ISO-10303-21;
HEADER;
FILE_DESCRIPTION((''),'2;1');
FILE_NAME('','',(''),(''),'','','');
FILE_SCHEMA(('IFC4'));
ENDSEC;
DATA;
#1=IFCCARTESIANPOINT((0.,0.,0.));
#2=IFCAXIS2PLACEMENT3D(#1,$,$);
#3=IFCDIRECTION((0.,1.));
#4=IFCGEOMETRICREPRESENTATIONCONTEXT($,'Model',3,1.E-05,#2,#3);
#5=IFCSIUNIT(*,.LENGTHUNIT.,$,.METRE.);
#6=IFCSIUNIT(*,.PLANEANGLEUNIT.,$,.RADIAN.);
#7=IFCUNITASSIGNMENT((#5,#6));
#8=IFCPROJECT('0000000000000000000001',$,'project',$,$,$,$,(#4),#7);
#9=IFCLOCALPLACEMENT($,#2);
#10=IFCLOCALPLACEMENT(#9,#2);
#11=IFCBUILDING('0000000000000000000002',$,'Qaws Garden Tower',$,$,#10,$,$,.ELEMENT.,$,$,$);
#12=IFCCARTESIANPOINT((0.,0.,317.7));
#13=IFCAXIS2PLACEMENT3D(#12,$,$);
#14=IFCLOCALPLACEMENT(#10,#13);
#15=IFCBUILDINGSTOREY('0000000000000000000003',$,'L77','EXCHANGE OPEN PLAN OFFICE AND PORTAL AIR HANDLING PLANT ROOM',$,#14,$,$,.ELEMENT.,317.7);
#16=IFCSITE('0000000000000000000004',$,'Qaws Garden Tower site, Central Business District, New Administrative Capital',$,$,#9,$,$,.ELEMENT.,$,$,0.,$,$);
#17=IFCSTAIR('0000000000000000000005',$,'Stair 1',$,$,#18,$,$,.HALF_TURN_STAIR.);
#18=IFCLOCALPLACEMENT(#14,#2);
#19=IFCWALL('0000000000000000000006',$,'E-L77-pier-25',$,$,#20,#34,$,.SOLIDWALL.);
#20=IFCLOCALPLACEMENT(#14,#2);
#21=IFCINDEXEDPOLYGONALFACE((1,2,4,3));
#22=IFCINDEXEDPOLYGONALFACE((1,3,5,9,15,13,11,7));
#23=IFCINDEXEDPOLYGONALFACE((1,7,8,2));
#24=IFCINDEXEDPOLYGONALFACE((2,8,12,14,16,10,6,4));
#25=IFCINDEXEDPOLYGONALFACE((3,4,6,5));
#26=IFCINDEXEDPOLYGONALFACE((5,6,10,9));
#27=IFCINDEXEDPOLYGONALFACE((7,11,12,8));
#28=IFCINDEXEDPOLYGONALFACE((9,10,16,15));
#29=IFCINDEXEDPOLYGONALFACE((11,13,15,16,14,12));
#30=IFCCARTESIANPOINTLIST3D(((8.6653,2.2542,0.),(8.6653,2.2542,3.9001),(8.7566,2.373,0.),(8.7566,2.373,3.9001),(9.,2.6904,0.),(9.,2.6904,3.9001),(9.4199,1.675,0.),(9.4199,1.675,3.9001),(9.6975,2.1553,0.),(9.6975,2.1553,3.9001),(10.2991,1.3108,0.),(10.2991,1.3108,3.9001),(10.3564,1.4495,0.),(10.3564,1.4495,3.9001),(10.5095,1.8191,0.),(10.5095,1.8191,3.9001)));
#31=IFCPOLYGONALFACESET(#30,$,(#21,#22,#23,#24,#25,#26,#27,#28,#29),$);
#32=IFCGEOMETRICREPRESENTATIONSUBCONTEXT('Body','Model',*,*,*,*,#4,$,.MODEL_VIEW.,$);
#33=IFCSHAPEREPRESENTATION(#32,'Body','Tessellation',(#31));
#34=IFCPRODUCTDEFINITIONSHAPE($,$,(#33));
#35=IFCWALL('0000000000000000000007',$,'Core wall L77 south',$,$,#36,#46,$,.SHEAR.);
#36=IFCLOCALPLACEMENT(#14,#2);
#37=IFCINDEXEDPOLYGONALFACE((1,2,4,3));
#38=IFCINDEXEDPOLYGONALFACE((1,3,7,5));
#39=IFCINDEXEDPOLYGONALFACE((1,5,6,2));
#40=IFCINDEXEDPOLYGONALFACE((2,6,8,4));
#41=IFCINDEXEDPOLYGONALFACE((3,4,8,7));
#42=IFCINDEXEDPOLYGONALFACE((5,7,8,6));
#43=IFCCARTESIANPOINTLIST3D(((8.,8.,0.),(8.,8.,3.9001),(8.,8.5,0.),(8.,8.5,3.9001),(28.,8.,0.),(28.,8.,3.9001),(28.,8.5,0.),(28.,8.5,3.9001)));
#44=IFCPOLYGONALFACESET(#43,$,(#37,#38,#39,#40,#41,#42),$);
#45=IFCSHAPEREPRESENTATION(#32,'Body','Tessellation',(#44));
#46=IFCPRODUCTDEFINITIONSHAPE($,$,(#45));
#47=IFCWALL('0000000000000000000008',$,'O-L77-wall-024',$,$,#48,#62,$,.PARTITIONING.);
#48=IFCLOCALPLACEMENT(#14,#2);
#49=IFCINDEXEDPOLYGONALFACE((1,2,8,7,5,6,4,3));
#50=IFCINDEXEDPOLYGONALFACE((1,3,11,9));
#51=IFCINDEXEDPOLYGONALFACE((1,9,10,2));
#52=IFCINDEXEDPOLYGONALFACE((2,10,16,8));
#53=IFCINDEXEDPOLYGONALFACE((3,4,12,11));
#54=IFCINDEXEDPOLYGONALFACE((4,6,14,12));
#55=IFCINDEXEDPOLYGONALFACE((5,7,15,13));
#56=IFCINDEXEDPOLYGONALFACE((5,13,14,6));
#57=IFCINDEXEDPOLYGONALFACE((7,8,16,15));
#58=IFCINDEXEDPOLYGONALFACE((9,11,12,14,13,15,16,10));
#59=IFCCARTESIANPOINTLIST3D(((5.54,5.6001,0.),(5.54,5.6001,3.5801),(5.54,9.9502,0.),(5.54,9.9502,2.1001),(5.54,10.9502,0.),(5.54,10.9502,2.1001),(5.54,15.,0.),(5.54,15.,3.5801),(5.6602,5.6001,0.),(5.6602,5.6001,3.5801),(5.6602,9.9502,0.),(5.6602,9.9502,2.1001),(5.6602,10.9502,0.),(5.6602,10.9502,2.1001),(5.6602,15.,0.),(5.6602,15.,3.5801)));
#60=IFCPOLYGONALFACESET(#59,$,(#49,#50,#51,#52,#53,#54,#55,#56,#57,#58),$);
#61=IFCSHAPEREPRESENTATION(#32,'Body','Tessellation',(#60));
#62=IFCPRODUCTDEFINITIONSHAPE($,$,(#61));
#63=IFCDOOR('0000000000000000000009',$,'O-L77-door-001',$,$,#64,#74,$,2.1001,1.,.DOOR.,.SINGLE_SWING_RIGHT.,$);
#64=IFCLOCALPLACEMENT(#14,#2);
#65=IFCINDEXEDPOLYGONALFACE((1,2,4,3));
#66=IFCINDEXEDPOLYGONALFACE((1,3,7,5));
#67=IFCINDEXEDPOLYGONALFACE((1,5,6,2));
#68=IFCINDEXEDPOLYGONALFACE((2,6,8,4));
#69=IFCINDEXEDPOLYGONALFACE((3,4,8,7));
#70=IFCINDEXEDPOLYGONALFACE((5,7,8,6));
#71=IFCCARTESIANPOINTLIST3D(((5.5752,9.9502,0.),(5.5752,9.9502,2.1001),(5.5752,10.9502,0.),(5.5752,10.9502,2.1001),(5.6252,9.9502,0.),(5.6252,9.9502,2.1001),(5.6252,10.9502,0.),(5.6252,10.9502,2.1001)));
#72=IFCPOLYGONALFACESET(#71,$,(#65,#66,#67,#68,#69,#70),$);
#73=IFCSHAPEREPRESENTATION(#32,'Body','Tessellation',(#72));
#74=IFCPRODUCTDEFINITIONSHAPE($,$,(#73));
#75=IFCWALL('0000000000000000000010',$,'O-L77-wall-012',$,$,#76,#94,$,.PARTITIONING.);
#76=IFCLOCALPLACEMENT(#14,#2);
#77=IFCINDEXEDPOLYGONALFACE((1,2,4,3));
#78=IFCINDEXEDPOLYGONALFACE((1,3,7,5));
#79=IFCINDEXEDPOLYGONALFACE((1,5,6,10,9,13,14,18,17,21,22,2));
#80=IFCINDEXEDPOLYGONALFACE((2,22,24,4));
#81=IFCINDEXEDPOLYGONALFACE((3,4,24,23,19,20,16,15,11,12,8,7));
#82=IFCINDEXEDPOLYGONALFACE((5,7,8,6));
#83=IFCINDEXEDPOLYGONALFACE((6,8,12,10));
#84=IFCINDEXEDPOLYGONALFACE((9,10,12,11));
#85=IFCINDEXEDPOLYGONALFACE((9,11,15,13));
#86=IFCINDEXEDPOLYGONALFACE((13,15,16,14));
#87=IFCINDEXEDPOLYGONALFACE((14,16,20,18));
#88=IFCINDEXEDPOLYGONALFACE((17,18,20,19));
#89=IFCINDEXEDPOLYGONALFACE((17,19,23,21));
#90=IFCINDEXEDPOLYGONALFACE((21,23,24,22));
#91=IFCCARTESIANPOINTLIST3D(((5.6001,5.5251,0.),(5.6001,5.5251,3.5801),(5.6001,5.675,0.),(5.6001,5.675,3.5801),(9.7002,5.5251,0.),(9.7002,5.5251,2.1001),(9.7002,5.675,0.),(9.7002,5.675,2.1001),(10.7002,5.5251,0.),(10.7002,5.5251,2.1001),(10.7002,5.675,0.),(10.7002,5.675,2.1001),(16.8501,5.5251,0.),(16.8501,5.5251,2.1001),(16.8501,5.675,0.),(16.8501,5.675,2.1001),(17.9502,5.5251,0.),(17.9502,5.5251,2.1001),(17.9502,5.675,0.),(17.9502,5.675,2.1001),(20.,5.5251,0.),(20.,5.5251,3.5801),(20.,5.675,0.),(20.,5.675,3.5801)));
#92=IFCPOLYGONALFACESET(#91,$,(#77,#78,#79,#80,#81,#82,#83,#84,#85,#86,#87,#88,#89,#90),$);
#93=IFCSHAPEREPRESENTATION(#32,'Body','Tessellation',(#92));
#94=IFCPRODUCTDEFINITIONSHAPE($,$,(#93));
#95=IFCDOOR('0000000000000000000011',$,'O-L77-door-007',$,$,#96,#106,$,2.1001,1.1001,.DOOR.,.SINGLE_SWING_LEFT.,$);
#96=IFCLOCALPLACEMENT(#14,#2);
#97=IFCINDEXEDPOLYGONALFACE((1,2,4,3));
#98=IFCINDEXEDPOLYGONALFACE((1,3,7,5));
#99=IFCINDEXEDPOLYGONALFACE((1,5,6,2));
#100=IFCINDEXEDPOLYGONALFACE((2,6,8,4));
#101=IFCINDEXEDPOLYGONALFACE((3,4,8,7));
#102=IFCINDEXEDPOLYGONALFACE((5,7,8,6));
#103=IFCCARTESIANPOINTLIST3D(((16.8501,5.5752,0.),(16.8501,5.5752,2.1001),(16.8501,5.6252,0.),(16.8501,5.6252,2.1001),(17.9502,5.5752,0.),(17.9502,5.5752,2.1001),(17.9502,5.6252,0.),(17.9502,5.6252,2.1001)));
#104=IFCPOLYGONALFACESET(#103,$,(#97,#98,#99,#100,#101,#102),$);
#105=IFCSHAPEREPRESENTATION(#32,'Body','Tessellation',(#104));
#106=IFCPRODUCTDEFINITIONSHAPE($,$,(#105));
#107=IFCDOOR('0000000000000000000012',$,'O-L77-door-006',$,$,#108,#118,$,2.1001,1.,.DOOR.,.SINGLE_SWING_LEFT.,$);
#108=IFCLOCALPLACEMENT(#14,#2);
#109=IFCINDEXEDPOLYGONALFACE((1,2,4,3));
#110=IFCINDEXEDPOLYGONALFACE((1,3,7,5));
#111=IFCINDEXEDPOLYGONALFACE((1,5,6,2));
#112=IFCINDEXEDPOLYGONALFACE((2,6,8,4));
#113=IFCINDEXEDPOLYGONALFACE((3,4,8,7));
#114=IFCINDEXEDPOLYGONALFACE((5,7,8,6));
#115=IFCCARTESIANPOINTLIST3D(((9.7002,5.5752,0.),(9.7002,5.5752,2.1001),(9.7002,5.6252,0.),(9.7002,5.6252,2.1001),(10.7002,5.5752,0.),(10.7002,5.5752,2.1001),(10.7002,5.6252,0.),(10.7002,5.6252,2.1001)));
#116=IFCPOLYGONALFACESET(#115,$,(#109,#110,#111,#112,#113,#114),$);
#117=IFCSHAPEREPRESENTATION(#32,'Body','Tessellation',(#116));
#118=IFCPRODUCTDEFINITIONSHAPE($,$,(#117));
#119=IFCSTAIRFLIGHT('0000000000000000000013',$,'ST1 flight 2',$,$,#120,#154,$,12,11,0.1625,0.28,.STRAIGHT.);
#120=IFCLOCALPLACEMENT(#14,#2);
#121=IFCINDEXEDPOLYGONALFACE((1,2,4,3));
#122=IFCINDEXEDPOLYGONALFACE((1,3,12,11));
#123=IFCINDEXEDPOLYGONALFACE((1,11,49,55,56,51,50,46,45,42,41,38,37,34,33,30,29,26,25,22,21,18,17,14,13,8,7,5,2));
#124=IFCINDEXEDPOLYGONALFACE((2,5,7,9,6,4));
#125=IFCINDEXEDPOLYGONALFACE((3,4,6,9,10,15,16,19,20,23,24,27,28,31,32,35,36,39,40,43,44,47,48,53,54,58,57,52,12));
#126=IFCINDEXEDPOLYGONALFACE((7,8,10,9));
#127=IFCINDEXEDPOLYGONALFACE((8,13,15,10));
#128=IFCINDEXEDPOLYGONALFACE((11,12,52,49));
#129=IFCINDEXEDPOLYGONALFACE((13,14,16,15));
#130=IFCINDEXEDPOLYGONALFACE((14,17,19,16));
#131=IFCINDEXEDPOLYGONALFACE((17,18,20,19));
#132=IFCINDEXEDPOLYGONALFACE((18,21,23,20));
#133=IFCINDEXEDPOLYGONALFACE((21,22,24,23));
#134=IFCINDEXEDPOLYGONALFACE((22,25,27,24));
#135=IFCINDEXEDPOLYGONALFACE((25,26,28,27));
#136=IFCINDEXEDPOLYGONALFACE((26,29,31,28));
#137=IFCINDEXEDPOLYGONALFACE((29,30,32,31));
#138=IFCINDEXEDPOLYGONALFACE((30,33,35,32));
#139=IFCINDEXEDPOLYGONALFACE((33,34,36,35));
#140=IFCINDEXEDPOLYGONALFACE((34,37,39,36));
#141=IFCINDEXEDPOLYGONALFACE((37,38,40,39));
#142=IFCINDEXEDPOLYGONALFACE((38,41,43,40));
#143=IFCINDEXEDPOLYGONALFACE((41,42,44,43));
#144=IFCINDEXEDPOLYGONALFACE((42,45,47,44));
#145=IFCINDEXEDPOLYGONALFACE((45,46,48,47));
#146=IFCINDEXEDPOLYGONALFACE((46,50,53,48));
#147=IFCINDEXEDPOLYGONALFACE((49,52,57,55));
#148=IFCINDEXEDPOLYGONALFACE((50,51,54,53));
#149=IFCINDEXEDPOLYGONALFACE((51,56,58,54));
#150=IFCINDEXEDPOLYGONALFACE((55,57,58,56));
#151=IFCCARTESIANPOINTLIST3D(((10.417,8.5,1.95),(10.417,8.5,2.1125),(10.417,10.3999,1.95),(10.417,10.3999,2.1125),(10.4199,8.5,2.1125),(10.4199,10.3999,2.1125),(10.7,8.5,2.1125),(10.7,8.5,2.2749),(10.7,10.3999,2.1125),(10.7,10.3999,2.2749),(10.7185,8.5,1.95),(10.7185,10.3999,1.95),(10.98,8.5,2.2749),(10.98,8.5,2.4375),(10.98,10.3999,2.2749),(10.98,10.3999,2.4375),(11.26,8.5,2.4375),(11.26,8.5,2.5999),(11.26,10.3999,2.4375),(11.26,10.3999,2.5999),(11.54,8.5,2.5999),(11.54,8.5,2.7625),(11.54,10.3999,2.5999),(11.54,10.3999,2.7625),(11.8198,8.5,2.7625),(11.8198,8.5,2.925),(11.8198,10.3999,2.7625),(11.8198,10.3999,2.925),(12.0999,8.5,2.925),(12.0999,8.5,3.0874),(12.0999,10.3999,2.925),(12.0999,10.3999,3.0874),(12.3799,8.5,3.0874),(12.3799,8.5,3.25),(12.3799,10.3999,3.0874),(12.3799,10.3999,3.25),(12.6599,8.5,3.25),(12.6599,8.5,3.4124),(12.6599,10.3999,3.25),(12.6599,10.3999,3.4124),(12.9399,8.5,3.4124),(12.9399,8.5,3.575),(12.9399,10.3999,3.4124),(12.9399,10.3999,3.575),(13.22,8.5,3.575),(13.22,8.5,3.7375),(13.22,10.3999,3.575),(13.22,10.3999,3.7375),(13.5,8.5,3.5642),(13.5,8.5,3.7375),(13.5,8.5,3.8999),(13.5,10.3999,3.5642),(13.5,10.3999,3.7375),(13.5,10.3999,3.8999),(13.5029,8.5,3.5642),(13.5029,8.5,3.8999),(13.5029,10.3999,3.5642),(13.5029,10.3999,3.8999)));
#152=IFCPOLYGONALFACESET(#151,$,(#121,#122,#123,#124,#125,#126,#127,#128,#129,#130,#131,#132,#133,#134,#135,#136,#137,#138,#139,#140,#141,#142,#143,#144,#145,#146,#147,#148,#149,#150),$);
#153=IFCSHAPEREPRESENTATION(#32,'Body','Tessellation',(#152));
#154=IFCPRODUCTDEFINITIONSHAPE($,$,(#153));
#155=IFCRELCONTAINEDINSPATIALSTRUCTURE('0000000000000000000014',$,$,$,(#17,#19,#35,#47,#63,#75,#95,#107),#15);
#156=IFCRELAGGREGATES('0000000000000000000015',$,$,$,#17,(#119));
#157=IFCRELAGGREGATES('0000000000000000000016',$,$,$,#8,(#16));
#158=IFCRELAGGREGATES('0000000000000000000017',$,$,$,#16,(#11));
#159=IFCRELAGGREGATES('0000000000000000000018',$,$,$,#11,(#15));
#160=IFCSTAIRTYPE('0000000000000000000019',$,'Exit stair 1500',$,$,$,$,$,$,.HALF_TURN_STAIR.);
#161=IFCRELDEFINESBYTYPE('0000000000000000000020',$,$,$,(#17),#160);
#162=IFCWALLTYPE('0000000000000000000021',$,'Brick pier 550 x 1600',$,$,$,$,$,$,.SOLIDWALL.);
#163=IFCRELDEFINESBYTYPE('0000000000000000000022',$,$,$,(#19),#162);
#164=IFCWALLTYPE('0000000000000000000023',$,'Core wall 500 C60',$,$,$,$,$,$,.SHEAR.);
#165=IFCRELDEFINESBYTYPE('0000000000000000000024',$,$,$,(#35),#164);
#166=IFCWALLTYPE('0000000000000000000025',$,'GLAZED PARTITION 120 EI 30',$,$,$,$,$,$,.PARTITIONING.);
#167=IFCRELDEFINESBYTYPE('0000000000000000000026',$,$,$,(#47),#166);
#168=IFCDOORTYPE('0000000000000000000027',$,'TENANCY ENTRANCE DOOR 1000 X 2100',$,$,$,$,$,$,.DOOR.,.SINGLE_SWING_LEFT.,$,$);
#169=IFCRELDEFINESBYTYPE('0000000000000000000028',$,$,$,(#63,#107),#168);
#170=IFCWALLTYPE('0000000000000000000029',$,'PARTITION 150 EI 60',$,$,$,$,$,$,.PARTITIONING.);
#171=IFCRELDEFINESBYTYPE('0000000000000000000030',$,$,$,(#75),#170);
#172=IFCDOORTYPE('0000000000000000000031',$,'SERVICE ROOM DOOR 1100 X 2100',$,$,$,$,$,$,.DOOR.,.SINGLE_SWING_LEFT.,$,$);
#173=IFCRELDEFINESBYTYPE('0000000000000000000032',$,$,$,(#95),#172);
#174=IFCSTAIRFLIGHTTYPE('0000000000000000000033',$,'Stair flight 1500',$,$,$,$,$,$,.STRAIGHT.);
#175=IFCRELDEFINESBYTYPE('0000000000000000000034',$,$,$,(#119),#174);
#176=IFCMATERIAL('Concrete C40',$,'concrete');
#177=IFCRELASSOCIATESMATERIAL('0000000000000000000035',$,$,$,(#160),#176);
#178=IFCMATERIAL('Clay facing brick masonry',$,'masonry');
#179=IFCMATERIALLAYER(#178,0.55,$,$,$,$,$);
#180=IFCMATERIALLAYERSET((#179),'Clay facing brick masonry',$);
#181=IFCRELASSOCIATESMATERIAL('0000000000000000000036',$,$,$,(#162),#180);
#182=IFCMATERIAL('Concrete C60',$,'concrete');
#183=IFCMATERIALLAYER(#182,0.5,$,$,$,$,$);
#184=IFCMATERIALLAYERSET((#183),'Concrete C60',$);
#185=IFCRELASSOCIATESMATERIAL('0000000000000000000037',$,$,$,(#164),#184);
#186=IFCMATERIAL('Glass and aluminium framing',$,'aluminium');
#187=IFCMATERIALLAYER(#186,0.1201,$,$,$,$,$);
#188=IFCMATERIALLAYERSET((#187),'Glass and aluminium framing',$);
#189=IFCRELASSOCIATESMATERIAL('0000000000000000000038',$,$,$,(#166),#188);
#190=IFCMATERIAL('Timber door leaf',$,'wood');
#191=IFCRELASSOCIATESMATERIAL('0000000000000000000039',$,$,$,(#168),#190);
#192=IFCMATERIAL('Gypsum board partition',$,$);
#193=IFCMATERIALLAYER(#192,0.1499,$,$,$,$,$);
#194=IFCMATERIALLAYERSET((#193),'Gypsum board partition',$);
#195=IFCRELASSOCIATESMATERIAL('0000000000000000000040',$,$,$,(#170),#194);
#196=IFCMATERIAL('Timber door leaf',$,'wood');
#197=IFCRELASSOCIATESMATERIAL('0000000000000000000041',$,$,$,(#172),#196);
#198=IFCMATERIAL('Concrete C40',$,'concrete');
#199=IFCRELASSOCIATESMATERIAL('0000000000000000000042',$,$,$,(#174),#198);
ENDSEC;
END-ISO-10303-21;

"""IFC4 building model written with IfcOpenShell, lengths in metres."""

from ifc_helpers import new_model, si_unit, direction, frame, frame_2d, origin, place, context, subcontext, project, spatial, polyline, rectangle, outline, extrude, material, layer, layer_set, type_object, element, fill, aggregate, save


model = new_model("IFC4")

# Units and contexts
model_context = context("Model", 3, precision=1e-05, world=origin(), true_north=direction((0.0, 1.0)))
body_context = subcontext(model_context, "Body", "Model", "MODEL_VIEW")
ifc_project = project(units=[si_unit("LENGTHUNIT", "METRE"), si_unit("PLANEANGLEUNIT", "RADIAN")], contexts=[model_context])

# Site, building, storey
site_placement = place(None, origin())
site = spatial("IfcSite", under=ifc_project, at=site_placement, Name="Qaws Garden Tower site, Central Business District, New Administrative Capital", CompositionType="ELEMENT", RefElevation=0.0)
building_placement = place(site_placement, origin())
building = spatial("IfcBuilding", under=site, at=building_placement, Name="Qaws Garden Tower", CompositionType="ELEMENT")
storey_placement = place(building_placement, frame((0.0, 0.0, 317.7)))
storey = spatial("IfcBuildingStorey", under=building, at=storey_placement, Name="L77", Description="EXCHANGE OPEN PLAN OFFICE AND PORTAL AIR HANDLING PLANT ROOM", CompositionType="ELEMENT", Elevation=317.7)

# Stair
ifc_material_1 = material(Name="Concrete C40", Category="concrete")
stair_type_1 = type_object("IfcStairType", Name="Exit stair 1500", PredefinedType="HALF_TURN_STAIR", material=ifc_material_1)
placement_1 = place(storey_placement, origin())
stair_1 = element("IfcStair", 1, at=placement_1, inside=storey, type_object=stair_type_1, Name="Stair 1", PredefinedType="HALF_TURN_STAIR")

# Walls
ifc_material_2 = material(Name="Clay facing brick masonry", Category="masonry")
ifc_layer_1 = layer(ifc_material_2, 0.55)
ifc_layer_set_1 = layer_set([ifc_layer_1], Name="Clay facing brick masonry")
wall_type_1 = type_object("IfcWallType", Name="Brick pier 550 x 1600", PredefinedType="SOLIDWALL", material=ifc_layer_set_1)
element("IfcWall", 2, at=placement_1, inside=storey, type_object=wall_type_1, Name="E-L77-pier-25", PredefinedType="SOLIDWALL", context=body_context, shape_type="SweptSolid", body=[
    extrude(outline(polyline([(8.7566, 2.373), (8.6653, 2.2542), (9.4199, 1.675), (10.2991, 1.3108), (10.3564, 1.4495), (10.5095, 1.8191), (9.6975, 2.1553), (9.0, 2.6904), (8.7566, 2.373)])), origin(), (0.0, 0.0, 1.0), 3.9001),
])
ifc_material_3 = material(Name="Concrete C60", Category="concrete")
ifc_layer_2 = layer(ifc_material_3, 0.5)
ifc_layer_set_2 = layer_set([ifc_layer_2], Name="Concrete C60")
wall_type_2 = type_object("IfcWallType", Name="Core wall 500 C60", PredefinedType="SHEAR", material=ifc_layer_set_2)
wall_1_placement = place(storey_placement, frame((8.0, 8.25, 0.0), z_axis=(0.0, 0.0, 1.0), x_axis=(1.0, 0.0, 0.0)))
element("IfcWall", 3, at=wall_1_placement, inside=storey, type_object=wall_type_2, Name="Core wall L77 south", PredefinedType="SHEAR", context=body_context, shape_type="SweptSolid", body=[
    extrude(rectangle(XDim=20.0, YDim=0.5, at=frame_2d((10.0, 0.0))), origin(), (0.0, 0.0, 1.0), 3.9001),
])

# Wall, opening, door
ifc_material_4 = material(Name="Glass and aluminium framing", Category="aluminium")
ifc_layer_3 = layer(ifc_material_4, 0.1201)
ifc_layer_set_3 = layer_set([ifc_layer_3], Name="Glass and aluminium framing")
wall_type_3 = type_object("IfcWallType", Name="GLAZED PARTITION 120 EI 30", PredefinedType="PARTITIONING", material=ifc_layer_set_3)
wall_2_placement = place(storey_placement, frame((5.6001, 5.6001, 0.0), z_axis=(0.0, 0.0, 1.0), x_axis=(0.0, 1.0, 0.0)))
wall_2 = element("IfcWall", 4, at=wall_2_placement, inside=storey, type_object=wall_type_3, Name="O-L77-wall-024", PredefinedType="PARTITIONING", context=body_context, shape_type="SweptSolid", body=[
    extrude(rectangle(XDim=9.3999, YDim=0.1201, at=frame_2d((4.7, 0.0))), origin(), (0.0, 0.0, 1.0), 3.5801),
])
opening_1_placement = place(wall_2_placement, frame((4.3501, 0.0, 0.0)))
opening_1 = element("IfcOpeningElement", 5, at=opening_1_placement, cuts=wall_2, PredefinedType="OPENING", context=body_context, shape_type="SweptSolid", body=[
    extrude(rectangle(XDim=1.0, YDim=2.1001, at=frame_2d((0.5, 1.05))), frame((0.0, 0.0701, 0.0), z_axis=(0.0, -1.0, 0.0), x_axis=(1.0, 0.0, 0.0)), (0.0, 0.0, 1.0), 0.1401),
])
ifc_material_5 = material(Name="Timber door leaf", Category="wood")
door_type_1 = type_object("IfcDoorType", Name="TENANCY ENTRANCE DOOR 1000 X 2100", OperationType="SINGLE_SWING_LEFT", PredefinedType="DOOR", material=ifc_material_5)
door_1_placement = place(opening_1_placement, origin())
door_1 = element("IfcDoor", 6, at=door_1_placement, inside=storey, type_object=door_type_1, Name="O-L77-door-001", OperationType="SINGLE_SWING_RIGHT", OverallHeight=2.1001, OverallWidth=1.0, PredefinedType="DOOR", context=body_context, shape_type="SweptSolid", body=[
    extrude(rectangle(XDim=1.0, YDim=2.1001, at=frame_2d((0.5, 1.05))), frame((0.0, 0.0249, 0.0), z_axis=(0.0, -1.0, 0.0), x_axis=(1.0, 0.0, 0.0)), (0.0, 0.0, 1.0), 0.05),
])
fill(opening_1, door_1)

# Wall, openings, doors
ifc_material_6 = material(Name="Gypsum board partition")
ifc_layer_4 = layer(ifc_material_6, 0.1499)
ifc_layer_set_4 = layer_set([ifc_layer_4], Name="Gypsum board partition")
wall_type_4 = type_object("IfcWallType", Name="PARTITION 150 EI 60", PredefinedType="PARTITIONING", material=ifc_layer_set_4)
wall_3_placement = place(storey_placement, frame((5.6001, 5.6001, 0.0), z_axis=(0.0, 0.0, 1.0), x_axis=(1.0, 0.0, 0.0)))
wall_3 = element("IfcWall", 7, at=wall_3_placement, inside=storey, type_object=wall_type_4, Name="O-L77-wall-012", PredefinedType="PARTITIONING", context=body_context, shape_type="SweptSolid", body=[
    extrude(rectangle(XDim=14.3999, YDim=0.1499, at=frame_2d((7.2, 0.0))), origin(), (0.0, 0.0, 1.0), 3.5801),
])
opening_2_placement = place(wall_3_placement, frame((4.1001, 0.0, 0.0)))
opening_2 = element("IfcOpeningElement", 8, at=opening_2_placement, cuts=wall_3, PredefinedType="OPENING", context=body_context, shape_type="SweptSolid", body=[
    extrude(rectangle(XDim=1.0, YDim=2.1001, at=frame_2d((0.5, 1.05))), frame((0.0, 0.085, 0.0), z_axis=(0.0, -1.0, 0.0), x_axis=(1.0, 0.0, 0.0)), (0.0, 0.0, 1.0), 0.1699),
])
opening_3_placement = place(wall_3_placement, frame((11.25, 0.0, 0.0)))
opening_3 = element("IfcOpeningElement", 9, at=opening_3_placement, cuts=wall_3, PredefinedType="OPENING", context=body_context, shape_type="SweptSolid", body=[
    extrude(rectangle(XDim=1.1001, YDim=2.1001, at=frame_2d((0.55, 1.05))), frame((0.0, 0.085, 0.0), z_axis=(0.0, -1.0, 0.0), x_axis=(1.0, 0.0, 0.0)), (0.0, 0.0, 1.0), 0.1699),
])
ifc_material_7 = material(Name="Timber door leaf", Category="wood")
door_type_2 = type_object("IfcDoorType", Name="SERVICE ROOM DOOR 1100 X 2100", OperationType="SINGLE_SWING_LEFT", PredefinedType="DOOR", material=ifc_material_7)
door_2_placement = place(opening_3_placement, frame((1.1001, 0.0, 0.0), z_axis=(0.0, 0.0, 1.0), x_axis=(-1.0, 0.0, 0.0)))
door_2 = element("IfcDoor", 10, at=door_2_placement, inside=storey, type_object=door_type_2, Name="O-L77-door-007", OperationType="SINGLE_SWING_LEFT", OverallHeight=2.1001, OverallWidth=1.1001, PredefinedType="DOOR", context=body_context, shape_type="SweptSolid", body=[
    extrude(rectangle(XDim=1.1001, YDim=2.1001, at=frame_2d((0.55, 1.05))), frame((0.0, 0.0249, 0.0), z_axis=(0.0, -1.0, 0.0), x_axis=(1.0, 0.0, 0.0)), (0.0, 0.0, 1.0), 0.05),
])
fill(opening_3, door_2)
door_3_placement = place(opening_2_placement, frame((1.0, 0.0, 0.0), z_axis=(0.0, 0.0, 1.0), x_axis=(-1.0, 0.0, 0.0)))
door_3 = element("IfcDoor", 11, at=door_3_placement, inside=storey, type_object=door_type_1, Name="O-L77-door-006", OperationType="SINGLE_SWING_LEFT", OverallHeight=2.1001, OverallWidth=1.0, PredefinedType="DOOR", context=body_context, shape_type="SweptSolid", body=[
    extrude(rectangle(XDim=1.0, YDim=2.1001, at=frame_2d((0.5, 1.05))), frame((0.0, 0.0249, 0.0), z_axis=(0.0, -1.0, 0.0), x_axis=(1.0, 0.0, 0.0)), (0.0, 0.0, 1.0), 0.05),
])
fill(opening_2, door_3)

# Stair flight
ifc_material_8 = material(Name="Concrete C40", Category="concrete")
stair_flight_type = type_object("IfcStairFlightType", Name="Stair flight 1500", PredefinedType="STRAIGHT", material=ifc_material_8)
stair_flight_placement = place(storey_placement, frame((10.4199, 9.45, 1.95), z_axis=(0.0, 0.0, 1.0), x_axis=(1.0, 0.0, 0.0)))
stair_flight = element("IfcStairFlight", 12, at=stair_flight_placement, type_object=stair_flight_type, Name="ST1 flight 2", NumberOfRisers=12, NumberOfTreads=11, PredefinedType="STRAIGHT", RiserHeight=0.1625, TreadLength=0.28, context=body_context, shape_type="SweptSolid", body=[
    extrude(outline(polyline([(-0.0029, 0.0), (-0.0029, 0.1626), (0.0, 0.1626), (0.28, 0.1626), (0.28, 0.325), (0.5601, 0.325), (0.5601, 0.4875), (0.8401, 0.4875), (0.8401, 0.6499), (1.1201, 0.6499), (1.1201, 0.8125), (1.3999, 0.8125), (1.3999, 0.9751), (1.6799, 0.9751), (1.6799, 1.1375), (1.96, 1.1375), (1.96, 1.3), (2.24, 1.3), (2.24, 1.4624), (2.52, 1.4624), (2.52, 1.625), (2.8, 1.625), (2.8, 1.7876), (3.0801, 1.7876), (3.0801, 1.95), (3.083, 1.95), (3.083, 1.6143), (3.0801, 1.6143), (0.2986, 0.0), (-0.0029, 0.0)])), frame((0.0, 0.95, 0.0), z_axis=(0.0, -1.0, 0.0), x_axis=(1.0, 0.0, 0.0)), (0.0, 0.0, 1.0), 1.8999),
])
aggregate(stair_1, [stair_flight])

save(model, "model.ifc")
